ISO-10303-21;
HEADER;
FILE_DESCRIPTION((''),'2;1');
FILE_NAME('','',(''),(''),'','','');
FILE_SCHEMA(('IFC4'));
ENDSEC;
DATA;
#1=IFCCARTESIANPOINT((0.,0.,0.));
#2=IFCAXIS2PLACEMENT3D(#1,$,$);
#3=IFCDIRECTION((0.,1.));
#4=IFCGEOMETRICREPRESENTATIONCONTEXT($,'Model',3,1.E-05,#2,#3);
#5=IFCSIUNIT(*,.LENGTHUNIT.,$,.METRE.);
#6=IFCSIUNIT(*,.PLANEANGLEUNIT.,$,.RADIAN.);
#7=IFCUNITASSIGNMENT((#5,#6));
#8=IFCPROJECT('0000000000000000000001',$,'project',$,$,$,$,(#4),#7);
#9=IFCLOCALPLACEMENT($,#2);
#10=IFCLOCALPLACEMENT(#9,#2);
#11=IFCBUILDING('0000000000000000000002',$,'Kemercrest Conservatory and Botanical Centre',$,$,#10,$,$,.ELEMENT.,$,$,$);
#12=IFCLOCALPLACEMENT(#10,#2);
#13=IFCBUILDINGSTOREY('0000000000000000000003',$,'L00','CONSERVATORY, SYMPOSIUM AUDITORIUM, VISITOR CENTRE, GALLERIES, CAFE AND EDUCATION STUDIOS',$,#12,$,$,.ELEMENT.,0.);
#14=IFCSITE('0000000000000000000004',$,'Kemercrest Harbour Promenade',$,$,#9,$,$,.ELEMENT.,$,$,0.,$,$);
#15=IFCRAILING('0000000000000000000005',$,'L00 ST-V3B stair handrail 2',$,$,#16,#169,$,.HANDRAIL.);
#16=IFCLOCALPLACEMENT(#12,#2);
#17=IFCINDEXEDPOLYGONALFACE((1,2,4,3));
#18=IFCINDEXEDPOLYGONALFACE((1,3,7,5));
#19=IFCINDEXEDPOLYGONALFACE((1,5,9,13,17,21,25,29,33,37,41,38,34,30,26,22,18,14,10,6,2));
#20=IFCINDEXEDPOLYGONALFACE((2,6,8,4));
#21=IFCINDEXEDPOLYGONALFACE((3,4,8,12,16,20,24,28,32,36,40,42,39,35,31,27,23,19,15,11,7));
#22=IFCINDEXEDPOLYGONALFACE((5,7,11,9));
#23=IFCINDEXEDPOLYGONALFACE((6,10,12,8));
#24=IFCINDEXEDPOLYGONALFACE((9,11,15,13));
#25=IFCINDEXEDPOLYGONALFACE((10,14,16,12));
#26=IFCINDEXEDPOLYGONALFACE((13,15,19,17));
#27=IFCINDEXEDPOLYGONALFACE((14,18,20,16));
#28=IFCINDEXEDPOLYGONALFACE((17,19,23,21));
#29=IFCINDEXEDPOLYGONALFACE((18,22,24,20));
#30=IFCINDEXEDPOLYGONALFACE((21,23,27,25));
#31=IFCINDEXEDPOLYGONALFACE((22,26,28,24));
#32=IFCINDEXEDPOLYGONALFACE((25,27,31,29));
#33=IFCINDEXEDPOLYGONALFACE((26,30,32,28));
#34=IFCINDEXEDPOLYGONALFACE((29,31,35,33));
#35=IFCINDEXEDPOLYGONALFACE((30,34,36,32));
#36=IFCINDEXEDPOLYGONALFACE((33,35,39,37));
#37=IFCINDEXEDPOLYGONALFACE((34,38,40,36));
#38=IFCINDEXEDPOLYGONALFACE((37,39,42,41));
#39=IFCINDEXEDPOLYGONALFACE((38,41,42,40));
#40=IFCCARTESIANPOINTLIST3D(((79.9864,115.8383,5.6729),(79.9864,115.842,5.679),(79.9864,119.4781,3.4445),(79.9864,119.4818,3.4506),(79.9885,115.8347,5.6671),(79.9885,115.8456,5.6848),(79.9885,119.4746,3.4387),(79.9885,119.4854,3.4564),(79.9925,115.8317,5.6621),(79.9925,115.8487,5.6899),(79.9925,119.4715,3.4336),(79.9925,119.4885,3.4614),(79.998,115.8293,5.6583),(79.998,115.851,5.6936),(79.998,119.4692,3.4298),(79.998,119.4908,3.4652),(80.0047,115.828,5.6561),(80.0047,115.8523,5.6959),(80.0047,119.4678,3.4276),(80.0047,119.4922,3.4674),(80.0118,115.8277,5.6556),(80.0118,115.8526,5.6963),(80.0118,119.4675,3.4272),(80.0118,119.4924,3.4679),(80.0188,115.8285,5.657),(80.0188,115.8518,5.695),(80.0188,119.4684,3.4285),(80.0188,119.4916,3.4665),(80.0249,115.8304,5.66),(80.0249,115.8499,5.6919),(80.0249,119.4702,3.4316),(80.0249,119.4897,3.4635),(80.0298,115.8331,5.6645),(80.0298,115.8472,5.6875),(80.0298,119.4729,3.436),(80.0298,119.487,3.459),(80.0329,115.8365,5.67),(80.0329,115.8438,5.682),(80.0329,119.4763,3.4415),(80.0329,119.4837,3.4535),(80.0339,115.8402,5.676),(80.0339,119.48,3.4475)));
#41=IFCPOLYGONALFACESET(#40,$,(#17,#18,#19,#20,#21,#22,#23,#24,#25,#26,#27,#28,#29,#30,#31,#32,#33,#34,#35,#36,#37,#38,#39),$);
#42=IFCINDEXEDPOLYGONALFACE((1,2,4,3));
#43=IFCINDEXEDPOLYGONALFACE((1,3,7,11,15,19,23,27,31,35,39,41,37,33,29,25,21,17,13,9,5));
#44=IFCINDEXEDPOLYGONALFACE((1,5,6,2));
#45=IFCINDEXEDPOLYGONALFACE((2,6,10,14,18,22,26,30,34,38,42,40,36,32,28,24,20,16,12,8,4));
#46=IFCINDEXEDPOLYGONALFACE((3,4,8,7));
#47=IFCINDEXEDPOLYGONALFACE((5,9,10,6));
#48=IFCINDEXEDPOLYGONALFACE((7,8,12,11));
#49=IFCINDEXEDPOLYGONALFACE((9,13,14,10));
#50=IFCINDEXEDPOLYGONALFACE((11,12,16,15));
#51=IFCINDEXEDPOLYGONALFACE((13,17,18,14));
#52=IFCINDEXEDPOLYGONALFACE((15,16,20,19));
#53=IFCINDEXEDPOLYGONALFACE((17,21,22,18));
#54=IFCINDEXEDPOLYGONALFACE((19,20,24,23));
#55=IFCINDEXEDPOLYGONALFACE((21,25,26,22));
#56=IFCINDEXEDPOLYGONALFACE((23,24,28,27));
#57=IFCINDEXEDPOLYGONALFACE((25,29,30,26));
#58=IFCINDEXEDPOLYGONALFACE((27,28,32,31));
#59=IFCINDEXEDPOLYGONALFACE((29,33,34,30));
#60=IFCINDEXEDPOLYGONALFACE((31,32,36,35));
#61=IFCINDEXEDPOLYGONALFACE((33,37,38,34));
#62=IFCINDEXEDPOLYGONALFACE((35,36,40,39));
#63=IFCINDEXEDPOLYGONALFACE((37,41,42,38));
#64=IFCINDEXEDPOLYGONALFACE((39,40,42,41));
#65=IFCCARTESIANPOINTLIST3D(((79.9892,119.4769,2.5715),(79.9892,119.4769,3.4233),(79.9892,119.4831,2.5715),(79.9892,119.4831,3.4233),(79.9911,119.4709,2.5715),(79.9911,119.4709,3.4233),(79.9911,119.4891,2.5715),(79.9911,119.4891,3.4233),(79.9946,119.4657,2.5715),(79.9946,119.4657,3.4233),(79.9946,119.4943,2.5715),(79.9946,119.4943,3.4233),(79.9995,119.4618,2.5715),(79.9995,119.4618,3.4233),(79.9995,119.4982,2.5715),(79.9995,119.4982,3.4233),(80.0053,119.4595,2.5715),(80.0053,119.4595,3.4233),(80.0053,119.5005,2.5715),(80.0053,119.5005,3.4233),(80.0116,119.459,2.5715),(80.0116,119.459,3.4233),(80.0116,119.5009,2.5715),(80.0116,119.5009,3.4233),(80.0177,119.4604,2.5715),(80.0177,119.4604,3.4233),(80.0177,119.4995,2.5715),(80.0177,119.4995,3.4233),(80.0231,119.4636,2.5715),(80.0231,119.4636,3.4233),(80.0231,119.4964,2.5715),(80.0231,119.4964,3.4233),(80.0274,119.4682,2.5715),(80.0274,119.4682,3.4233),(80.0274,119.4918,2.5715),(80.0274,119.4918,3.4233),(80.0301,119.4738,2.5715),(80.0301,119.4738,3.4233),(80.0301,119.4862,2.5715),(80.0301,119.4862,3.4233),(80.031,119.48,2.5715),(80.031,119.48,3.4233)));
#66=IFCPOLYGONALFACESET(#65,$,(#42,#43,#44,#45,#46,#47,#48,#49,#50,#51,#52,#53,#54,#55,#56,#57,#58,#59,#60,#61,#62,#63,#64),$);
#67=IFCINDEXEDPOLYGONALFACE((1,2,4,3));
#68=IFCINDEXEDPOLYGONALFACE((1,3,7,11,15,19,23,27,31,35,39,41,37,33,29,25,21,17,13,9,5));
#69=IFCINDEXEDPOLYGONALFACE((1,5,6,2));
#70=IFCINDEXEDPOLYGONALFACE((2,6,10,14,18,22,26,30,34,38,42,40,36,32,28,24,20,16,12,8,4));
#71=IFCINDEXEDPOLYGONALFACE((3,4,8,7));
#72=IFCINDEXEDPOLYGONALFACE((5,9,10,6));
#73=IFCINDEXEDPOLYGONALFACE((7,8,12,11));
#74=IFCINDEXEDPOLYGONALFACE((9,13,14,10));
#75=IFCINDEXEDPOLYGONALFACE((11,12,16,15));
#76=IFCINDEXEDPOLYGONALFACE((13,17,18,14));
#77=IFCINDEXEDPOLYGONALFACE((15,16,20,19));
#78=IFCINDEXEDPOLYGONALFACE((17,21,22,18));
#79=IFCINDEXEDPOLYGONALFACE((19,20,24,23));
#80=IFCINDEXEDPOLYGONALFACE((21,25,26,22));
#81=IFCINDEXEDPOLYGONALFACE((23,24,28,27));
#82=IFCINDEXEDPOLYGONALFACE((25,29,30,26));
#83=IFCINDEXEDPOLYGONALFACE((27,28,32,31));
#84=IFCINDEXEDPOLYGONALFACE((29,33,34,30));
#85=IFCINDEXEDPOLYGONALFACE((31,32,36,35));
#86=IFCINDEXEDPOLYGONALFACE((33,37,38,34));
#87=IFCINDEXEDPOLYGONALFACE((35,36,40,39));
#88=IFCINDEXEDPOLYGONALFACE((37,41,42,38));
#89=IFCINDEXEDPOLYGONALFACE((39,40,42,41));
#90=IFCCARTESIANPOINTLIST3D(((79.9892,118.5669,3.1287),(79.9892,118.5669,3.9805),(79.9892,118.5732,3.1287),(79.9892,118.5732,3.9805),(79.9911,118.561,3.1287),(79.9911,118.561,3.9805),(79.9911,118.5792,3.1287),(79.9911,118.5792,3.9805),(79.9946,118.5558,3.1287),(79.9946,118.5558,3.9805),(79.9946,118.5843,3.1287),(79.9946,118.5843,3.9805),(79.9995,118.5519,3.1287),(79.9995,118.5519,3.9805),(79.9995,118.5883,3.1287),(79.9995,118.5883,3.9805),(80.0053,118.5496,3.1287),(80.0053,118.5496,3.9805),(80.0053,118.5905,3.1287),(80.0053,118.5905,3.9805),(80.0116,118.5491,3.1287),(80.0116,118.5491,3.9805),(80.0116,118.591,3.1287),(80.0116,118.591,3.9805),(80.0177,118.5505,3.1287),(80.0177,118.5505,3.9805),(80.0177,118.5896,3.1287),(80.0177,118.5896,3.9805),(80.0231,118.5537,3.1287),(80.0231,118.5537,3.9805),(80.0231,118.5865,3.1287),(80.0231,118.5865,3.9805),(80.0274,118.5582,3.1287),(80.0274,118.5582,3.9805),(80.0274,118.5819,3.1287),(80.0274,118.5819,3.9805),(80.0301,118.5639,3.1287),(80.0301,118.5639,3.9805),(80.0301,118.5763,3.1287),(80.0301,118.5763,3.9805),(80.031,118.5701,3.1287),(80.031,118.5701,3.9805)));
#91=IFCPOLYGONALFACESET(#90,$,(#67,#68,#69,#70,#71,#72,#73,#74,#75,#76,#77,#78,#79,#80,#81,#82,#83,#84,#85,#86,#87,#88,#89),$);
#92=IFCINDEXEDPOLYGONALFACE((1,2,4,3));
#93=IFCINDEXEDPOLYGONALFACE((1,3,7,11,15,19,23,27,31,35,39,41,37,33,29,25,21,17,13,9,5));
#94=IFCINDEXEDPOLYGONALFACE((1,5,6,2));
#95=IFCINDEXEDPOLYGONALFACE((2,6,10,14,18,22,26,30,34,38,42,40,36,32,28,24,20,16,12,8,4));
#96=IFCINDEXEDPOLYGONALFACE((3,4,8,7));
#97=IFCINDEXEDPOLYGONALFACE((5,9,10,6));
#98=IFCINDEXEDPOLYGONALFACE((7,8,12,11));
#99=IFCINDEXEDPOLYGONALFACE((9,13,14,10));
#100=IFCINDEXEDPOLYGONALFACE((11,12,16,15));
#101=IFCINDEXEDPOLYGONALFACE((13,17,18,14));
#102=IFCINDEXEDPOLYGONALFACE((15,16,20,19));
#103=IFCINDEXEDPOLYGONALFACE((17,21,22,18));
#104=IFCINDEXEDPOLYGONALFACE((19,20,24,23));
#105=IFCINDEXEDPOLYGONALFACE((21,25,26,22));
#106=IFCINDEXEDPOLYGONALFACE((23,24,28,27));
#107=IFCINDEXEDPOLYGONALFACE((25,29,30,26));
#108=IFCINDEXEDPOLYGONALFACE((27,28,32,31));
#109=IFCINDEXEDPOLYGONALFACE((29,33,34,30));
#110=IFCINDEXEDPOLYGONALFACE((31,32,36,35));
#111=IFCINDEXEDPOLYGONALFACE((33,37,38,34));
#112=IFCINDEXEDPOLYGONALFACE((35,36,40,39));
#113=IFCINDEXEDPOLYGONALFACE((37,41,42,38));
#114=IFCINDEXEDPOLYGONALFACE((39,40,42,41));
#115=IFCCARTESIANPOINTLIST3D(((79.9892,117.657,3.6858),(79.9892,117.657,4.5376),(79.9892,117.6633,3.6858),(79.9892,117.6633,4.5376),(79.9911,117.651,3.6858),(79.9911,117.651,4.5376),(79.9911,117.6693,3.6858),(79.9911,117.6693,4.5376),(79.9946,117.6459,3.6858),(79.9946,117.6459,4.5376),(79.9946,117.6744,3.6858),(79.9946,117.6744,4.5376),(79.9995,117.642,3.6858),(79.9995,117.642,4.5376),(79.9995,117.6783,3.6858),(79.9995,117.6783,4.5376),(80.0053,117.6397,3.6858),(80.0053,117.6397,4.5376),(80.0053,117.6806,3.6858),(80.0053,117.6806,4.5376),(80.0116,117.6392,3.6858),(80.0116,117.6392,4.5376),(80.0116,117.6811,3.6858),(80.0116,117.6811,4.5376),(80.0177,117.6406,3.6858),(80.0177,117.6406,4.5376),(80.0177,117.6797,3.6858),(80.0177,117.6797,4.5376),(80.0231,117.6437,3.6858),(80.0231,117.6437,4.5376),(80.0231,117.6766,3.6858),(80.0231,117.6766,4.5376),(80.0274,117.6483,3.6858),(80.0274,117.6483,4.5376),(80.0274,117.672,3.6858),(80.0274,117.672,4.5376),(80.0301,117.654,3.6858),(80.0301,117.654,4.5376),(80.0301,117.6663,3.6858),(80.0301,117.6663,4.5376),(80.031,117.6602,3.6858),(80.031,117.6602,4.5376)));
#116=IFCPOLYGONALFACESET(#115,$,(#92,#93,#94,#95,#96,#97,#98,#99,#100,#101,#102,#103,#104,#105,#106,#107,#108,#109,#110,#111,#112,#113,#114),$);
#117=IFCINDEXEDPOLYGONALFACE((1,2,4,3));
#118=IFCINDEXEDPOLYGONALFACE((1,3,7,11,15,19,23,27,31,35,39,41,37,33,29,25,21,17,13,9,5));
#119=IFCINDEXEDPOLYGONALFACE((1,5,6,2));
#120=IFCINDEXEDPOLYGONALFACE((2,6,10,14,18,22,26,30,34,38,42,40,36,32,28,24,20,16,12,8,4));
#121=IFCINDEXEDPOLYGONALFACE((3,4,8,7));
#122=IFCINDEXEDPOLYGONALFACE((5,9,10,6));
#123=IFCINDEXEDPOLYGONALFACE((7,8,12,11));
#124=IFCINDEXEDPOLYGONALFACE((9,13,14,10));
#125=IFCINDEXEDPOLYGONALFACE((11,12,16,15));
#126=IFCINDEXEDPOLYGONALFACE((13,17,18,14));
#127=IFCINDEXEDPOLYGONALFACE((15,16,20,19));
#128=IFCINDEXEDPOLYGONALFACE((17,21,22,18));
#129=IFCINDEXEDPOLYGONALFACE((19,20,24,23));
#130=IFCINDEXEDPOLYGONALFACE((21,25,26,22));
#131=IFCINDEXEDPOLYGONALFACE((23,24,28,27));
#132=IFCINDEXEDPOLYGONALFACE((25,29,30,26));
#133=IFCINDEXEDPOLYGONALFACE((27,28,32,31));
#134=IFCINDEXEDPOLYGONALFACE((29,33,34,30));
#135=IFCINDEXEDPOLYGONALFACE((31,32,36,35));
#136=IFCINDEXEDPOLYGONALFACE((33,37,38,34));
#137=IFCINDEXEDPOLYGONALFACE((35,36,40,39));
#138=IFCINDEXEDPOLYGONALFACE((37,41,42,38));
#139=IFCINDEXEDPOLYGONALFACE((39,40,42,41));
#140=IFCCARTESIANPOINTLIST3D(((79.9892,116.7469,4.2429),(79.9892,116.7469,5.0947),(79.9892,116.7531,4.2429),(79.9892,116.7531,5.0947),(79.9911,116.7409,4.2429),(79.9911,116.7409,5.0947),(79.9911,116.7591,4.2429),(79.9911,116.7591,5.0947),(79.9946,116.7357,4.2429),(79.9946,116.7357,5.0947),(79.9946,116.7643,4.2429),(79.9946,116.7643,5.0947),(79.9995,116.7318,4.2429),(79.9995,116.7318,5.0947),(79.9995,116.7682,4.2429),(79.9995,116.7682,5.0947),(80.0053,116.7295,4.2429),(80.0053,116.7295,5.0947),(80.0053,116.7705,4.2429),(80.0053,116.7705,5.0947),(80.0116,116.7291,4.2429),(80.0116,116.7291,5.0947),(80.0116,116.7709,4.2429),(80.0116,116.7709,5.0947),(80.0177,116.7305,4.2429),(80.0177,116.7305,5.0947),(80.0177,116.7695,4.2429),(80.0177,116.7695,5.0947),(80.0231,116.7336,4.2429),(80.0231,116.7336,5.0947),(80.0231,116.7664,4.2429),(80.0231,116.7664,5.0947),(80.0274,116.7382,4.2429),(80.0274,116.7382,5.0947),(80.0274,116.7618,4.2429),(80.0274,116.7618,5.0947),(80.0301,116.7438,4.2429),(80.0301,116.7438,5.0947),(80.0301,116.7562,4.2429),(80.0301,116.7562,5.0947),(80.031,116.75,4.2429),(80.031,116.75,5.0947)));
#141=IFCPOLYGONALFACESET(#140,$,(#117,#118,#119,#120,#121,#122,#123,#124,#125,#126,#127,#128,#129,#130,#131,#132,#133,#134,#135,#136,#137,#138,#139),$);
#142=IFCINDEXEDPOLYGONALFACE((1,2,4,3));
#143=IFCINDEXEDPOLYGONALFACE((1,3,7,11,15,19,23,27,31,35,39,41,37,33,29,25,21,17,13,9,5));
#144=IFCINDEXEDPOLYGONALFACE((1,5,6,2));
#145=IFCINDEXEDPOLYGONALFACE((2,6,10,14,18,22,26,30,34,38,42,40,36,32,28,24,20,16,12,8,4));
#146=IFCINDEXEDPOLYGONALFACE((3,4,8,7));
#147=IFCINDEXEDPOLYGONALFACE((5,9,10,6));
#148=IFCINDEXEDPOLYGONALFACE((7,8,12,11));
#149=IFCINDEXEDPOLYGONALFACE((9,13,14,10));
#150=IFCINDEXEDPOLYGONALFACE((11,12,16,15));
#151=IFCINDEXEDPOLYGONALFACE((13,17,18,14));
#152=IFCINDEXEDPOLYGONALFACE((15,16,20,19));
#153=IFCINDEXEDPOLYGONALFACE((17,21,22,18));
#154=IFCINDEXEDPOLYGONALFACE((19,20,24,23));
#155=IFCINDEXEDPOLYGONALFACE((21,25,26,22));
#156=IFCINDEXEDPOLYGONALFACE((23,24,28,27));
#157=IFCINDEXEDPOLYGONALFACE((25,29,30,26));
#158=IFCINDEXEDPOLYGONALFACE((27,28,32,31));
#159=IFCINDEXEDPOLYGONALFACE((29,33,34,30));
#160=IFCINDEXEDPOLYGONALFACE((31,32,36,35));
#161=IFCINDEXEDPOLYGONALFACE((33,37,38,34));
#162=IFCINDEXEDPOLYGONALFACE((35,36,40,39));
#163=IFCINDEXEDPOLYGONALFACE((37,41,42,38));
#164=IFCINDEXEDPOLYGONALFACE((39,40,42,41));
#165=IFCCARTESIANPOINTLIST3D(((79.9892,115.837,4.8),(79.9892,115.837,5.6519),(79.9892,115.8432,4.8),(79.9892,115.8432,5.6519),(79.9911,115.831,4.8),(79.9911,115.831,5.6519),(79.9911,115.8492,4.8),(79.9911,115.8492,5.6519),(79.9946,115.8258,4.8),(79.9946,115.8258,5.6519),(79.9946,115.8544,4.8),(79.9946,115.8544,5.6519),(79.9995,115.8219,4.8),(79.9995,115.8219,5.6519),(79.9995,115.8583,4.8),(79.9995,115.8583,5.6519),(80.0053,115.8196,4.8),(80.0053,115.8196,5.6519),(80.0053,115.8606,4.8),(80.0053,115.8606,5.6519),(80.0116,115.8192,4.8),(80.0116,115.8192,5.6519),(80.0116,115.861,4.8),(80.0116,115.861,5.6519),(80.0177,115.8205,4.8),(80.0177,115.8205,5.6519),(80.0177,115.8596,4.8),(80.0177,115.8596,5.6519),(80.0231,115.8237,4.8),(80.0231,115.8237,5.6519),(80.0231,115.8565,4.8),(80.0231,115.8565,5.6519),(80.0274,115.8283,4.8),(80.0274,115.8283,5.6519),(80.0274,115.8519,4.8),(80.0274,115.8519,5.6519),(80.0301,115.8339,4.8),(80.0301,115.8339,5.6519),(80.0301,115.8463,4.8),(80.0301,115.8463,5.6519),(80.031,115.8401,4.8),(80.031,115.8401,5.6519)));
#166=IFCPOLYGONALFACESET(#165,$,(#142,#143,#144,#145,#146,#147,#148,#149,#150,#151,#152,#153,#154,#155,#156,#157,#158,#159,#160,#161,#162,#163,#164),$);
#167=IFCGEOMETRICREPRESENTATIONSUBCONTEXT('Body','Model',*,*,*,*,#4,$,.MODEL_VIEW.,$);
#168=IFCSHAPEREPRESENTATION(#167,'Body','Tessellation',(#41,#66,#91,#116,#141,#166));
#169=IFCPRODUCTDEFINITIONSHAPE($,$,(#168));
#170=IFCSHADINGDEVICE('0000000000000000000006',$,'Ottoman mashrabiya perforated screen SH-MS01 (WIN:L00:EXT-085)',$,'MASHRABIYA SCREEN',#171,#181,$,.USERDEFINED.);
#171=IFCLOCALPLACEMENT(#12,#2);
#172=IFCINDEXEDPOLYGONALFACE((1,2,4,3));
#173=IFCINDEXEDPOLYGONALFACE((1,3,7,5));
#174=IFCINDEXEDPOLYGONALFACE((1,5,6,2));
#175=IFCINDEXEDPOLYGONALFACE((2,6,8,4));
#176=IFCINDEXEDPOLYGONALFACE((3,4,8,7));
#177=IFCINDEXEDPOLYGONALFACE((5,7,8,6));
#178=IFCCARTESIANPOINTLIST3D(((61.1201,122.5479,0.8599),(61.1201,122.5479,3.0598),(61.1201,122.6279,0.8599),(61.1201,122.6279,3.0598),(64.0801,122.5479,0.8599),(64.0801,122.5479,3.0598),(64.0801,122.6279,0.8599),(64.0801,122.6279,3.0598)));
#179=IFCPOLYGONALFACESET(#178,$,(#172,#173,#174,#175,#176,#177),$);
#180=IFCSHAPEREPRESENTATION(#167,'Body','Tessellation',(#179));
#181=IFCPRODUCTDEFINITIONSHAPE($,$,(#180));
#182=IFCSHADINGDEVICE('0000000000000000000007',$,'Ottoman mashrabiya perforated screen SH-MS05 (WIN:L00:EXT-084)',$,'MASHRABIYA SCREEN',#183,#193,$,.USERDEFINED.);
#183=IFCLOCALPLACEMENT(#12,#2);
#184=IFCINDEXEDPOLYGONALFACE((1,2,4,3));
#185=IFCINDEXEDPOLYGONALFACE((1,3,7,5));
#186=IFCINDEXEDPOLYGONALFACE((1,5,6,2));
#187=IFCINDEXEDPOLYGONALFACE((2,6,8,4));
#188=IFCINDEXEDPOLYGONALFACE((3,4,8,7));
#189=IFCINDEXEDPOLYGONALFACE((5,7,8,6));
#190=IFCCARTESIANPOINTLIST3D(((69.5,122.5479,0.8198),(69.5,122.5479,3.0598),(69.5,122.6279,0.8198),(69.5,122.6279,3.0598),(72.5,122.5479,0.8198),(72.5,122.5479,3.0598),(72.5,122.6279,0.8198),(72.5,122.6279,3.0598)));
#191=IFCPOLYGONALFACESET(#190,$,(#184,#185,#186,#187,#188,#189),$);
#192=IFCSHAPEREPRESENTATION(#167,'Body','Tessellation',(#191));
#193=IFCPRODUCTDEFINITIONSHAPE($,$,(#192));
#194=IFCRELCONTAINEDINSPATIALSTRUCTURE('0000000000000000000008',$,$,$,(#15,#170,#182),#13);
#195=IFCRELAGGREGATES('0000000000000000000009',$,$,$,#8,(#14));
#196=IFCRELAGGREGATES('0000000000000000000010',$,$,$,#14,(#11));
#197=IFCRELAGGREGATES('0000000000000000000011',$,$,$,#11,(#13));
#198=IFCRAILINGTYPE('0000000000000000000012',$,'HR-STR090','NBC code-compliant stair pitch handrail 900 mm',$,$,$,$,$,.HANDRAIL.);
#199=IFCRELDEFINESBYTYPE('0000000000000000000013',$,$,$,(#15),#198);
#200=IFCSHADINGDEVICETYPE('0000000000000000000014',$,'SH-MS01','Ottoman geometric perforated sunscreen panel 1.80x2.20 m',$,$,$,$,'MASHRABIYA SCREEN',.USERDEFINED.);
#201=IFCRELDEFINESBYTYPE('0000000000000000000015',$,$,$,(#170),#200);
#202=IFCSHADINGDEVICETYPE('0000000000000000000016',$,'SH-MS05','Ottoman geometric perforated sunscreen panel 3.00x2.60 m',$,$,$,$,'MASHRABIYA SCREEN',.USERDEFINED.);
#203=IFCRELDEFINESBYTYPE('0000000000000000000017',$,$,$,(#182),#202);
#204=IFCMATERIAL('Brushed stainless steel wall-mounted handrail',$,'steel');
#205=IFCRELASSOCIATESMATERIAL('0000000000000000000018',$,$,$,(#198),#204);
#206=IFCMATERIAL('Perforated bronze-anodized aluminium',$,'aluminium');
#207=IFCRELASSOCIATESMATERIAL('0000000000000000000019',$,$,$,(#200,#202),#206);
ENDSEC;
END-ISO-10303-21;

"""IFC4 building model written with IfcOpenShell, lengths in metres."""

from ifc_helpers import new_model, si_unit, direction, frame, origin, origin_2d, place, context, subcontext, project, spatial, rectangle, circle, extrude, material, type_object, element, save


model = new_model("IFC4")

# Units and contexts
model_context = context("Model", 3, precision=1e-05, world=origin(), true_north=direction((0.0, 1.0)))
body_context = subcontext(model_context, "Body", "Model", "MODEL_VIEW")
ifc_project = project(units=[si_unit("LENGTHUNIT", "METRE"), si_unit("PLANEANGLEUNIT", "RADIAN")], contexts=[model_context])

# Site, building, storey
site_placement = place(None, origin())
site = spatial("IfcSite", under=ifc_project, at=site_placement, Name="Kemercrest Harbour Promenade", CompositionType="ELEMENT", RefElevation=0.0)
building_placement = place(site_placement, origin())
building = spatial("IfcBuilding", under=site, at=building_placement, Name="Kemercrest Conservatory and Botanical Centre", CompositionType="ELEMENT")
storey_placement = place(building_placement, origin())
storey = spatial("IfcBuildingStorey", under=building, at=storey_placement, Name="L00", Description="CONSERVATORY, SYMPOSIUM AUDITORIUM, VISITOR CENTRE, GALLERIES, CAFE AND EDUCATION STUDIOS", CompositionType="ELEMENT", Elevation=0.0)

# Railing
ifc_material_1 = material(Name="Brushed stainless steel wall-mounted handrail", Category="steel")
railing_type_1 = type_object("IfcRailingType", Name="HR-STR090", Description="NBC code-compliant stair pitch handrail 900 mm", PredefinedType="HANDRAIL", material=ifc_material_1)
railing_1_placement = place(storey_placement, frame((80.01, 119.48, 2.5715)))
element("IfcRailing", 1, at=railing_1_placement, inside=storey, type_object=railing_type_1, Name="L00 ST-V3B stair handrail 2", PredefinedType="HANDRAIL", context=body_context, shape_type="SweptSolid", body=[
    extrude(circle(Radius=0.0239, at=origin_2d()), frame((0.0, 0.0, 0.876), z_axis=(0.0, -0.85285, 0.522156), x_axis=(1.0, 0.0, 0.0)), (0.0, 0.0, 1.0), 4.2678),
    extrude(circle(Radius=0.021, at=origin_2d()), origin(), (0.0, 0.0, 1.0), 0.8518),
    extrude(circle(Radius=0.021, at=origin_2d()), frame((0.0, -0.9099, 0.5571)), (0.0, 0.0, 1.0), 0.8518),
    extrude(circle(Radius=0.021, at=origin_2d()), frame((0.0, -1.8198, 1.1143)), (0.0, 0.0, 1.0), 0.8518),
    extrude(circle(Radius=0.021, at=origin_2d()), frame((0.0, -2.73, 1.6714)), (0.0, 0.0, 1.0), 0.8518),
    extrude(circle(Radius=0.021, at=origin_2d()), frame((0.0, -3.6399, 2.2285)), (0.0, 0.0, 1.0), 0.8518),
])

# Shading devices
ifc_material_2 = material(Name="Perforated bronze-anodized aluminium", Category="aluminium")
shading_device_type_1 = type_object("IfcShadingDeviceType", Name="SH-MS01", Description="Ottoman geometric perforated sunscreen panel 1.80x2.20 m", ElementType="MASHRABIYA SCREEN", PredefinedType="USERDEFINED", material=ifc_material_2)
shading_device_1_placement = place(storey_placement, frame((62.6001, 122.5879, 0.8599), z_axis=(0.0, 0.0, 1.0), x_axis=(-1.0, 0.0, 0.0)))
element("IfcShadingDevice", 2, at=shading_device_1_placement, inside=storey, type_object=shading_device_type_1, Name="Ottoman mashrabiya perforated screen SH-MS01 (WIN:L00:EXT-085)", ObjectType="MASHRABIYA SCREEN", PredefinedType="USERDEFINED", context=body_context, shape_type="SweptSolid", body=[
    extrude(rectangle(XDim=2.96, YDim=0.0801, at=origin_2d()), origin(), (0.0, 0.0, 1.0), 2.2),
])
shading_device_type_2 = type_object("IfcShadingDeviceType", Name="SH-MS05", Description="Ottoman geometric perforated sunscreen panel 3.00x2.60 m", ElementType="MASHRABIYA SCREEN", PredefinedType="USERDEFINED", material=ifc_material_2)
shading_device_2_placement = place(storey_placement, frame((71.0, 122.5879, 0.8198), z_axis=(0.0, 0.0, 1.0), x_axis=(-1.0, 0.0, 0.0)))
element("IfcShadingDevice", 3, at=shading_device_2_placement, inside=storey, type_object=shading_device_type_2, Name="Ottoman mashrabiya perforated screen SH-MS05 (WIN:L00:EXT-084)", ObjectType="MASHRABIYA SCREEN", PredefinedType="USERDEFINED", context=body_context, shape_type="SweptSolid", body=[
    extrude(rectangle(XDim=3.0, YDim=0.0801, at=origin_2d()), origin(), (0.0, 0.0, 1.0), 2.24),
])

save(model, "model.ifc")
